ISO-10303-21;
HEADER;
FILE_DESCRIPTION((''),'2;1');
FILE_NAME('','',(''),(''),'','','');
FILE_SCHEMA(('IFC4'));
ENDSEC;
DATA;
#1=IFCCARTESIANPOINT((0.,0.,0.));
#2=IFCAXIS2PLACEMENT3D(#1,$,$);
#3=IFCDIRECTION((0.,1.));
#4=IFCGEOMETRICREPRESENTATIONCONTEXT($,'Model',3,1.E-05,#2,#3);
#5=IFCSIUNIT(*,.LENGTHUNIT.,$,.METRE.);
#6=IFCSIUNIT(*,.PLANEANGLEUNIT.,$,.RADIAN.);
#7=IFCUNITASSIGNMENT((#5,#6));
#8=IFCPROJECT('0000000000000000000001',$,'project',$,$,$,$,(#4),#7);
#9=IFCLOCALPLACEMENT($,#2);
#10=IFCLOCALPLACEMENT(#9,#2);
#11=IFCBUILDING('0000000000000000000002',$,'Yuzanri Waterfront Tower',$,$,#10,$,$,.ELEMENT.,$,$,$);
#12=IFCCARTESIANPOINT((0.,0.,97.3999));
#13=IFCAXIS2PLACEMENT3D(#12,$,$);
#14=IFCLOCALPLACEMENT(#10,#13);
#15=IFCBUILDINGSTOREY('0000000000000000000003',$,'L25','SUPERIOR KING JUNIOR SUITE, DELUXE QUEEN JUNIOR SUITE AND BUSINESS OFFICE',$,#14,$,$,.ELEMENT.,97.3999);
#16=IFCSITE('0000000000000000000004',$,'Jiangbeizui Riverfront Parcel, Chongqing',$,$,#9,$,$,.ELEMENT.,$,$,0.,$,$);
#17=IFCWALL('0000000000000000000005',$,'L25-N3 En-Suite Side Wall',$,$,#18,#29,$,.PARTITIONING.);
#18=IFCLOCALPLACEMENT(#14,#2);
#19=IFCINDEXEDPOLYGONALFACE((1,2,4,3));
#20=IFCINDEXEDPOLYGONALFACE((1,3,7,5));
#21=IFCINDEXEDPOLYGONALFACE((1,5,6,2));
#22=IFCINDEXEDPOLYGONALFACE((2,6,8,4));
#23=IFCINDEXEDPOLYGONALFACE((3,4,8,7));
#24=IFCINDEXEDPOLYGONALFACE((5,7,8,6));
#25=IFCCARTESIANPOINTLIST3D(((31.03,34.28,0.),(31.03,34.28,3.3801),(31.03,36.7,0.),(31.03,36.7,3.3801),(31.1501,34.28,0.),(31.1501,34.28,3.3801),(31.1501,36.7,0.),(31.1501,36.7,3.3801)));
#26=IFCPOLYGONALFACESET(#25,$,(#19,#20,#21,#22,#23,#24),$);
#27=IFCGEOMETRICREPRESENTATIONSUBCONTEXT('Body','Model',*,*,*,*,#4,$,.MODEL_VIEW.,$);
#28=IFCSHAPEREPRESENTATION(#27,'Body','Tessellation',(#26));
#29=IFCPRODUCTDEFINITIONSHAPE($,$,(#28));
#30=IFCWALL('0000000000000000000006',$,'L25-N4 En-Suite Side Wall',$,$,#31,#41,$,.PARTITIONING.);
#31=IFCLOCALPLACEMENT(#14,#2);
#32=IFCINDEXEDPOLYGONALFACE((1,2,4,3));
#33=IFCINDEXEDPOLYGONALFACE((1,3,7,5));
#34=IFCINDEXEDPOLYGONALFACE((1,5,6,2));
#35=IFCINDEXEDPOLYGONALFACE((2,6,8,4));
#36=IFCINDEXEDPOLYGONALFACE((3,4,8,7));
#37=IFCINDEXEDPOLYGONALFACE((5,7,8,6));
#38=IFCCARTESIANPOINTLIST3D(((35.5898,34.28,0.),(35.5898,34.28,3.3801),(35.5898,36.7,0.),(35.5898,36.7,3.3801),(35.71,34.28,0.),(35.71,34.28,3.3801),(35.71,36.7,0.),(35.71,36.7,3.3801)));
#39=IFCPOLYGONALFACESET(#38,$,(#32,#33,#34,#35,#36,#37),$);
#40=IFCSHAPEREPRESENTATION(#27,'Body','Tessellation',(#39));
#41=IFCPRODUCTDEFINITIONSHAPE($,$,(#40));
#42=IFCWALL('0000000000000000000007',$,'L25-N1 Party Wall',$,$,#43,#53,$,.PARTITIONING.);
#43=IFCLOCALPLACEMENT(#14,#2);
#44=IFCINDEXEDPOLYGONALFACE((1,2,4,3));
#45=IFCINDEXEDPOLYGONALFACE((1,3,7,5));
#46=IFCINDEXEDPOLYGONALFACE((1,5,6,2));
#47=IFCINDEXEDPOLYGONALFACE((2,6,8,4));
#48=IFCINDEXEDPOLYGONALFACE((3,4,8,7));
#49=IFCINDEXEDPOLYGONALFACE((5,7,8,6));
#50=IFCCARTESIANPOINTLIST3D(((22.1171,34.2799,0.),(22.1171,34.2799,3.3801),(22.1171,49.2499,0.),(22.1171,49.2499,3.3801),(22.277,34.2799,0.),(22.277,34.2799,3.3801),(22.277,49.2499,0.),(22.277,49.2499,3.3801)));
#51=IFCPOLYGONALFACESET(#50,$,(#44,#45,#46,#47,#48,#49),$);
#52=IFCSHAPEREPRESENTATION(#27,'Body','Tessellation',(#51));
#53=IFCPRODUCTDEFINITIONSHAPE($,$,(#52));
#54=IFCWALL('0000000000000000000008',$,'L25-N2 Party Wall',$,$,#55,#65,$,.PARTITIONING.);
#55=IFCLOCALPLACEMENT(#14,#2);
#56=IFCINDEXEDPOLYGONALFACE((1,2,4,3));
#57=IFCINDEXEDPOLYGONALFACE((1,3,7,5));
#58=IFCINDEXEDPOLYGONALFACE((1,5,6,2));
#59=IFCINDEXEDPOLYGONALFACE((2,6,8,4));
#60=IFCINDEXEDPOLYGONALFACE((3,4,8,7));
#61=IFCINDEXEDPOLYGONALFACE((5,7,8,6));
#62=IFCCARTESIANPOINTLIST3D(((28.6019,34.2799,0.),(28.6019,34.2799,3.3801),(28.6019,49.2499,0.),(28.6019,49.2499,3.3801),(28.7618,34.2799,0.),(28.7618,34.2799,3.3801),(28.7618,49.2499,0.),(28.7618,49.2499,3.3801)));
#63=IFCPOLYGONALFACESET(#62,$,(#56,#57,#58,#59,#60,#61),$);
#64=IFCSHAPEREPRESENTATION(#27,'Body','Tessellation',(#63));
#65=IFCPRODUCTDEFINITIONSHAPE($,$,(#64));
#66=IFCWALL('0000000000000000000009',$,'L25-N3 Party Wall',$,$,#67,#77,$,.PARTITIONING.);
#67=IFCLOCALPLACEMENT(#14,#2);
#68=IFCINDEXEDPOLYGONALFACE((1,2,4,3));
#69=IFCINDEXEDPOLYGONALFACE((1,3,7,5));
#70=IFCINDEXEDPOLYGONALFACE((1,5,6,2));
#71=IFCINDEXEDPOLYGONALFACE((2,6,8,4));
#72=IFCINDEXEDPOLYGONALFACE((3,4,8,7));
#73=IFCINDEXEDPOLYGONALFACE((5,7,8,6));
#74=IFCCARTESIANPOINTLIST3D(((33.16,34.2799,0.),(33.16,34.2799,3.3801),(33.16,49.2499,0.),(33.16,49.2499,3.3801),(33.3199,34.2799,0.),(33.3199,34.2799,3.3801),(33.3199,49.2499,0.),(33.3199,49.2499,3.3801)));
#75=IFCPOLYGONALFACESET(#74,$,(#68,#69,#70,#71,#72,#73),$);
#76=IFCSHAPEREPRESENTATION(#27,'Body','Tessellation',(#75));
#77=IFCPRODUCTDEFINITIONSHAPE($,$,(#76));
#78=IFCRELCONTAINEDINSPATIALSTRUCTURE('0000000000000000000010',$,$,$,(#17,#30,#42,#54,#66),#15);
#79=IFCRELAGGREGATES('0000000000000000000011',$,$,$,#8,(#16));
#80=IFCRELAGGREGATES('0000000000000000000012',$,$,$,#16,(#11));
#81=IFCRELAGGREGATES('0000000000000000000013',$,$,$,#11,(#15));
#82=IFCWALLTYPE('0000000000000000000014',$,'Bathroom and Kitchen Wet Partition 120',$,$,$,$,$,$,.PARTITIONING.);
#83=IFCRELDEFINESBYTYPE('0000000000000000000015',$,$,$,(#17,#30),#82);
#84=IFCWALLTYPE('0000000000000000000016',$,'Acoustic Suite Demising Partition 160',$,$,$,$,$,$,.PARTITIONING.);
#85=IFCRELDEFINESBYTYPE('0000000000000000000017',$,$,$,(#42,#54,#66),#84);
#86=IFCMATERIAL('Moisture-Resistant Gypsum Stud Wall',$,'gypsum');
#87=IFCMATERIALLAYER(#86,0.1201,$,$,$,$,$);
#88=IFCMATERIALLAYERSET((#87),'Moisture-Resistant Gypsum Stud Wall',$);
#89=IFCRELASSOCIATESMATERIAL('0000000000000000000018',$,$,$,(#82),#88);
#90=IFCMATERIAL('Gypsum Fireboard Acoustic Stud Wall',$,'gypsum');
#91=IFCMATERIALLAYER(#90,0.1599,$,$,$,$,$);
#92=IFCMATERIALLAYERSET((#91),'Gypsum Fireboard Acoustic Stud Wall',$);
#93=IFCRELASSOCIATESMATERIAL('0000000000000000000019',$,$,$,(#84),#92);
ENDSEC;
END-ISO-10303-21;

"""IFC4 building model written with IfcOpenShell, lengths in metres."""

from ifc_helpers import new_model, si_unit, direction, frame, frame_2d, origin, place, context, subcontext, project, spatial, rectangle, extrude, source, transform, mapped, material, layer, layer_set, type_object, element, save


model = new_model("IFC4")

# Units and contexts
model_context = context("Model", 3, precision=1e-05, world=origin(), true_north=direction((0.0, 1.0)))
body_context = subcontext(model_context, "Body", "Model", "MODEL_VIEW")
ifc_project = project(units=[si_unit("LENGTHUNIT", "METRE"), si_unit("PLANEANGLEUNIT", "RADIAN")], contexts=[model_context])

# Site, building, storey
site_placement = place(None, origin())
site = spatial("IfcSite", under=ifc_project, at=site_placement, Name="Jiangbeizui Riverfront Parcel, Chongqing", CompositionType="ELEMENT", RefElevation=0.0)
building_placement = place(site_placement, origin())
building = spatial("IfcBuilding", under=site, at=building_placement, Name="Yuzanri Waterfront Tower", CompositionType="ELEMENT")
storey_placement = place(building_placement, frame((0.0, 0.0, 97.3999)))
storey = spatial("IfcBuildingStorey", under=building, at=storey_placement, Name="L25", Description="SUPERIOR KING JUNIOR SUITE, DELUXE QUEEN JUNIOR SUITE AND BUSINESS OFFICE", CompositionType="ELEMENT", Elevation=97.3999)

# Shared definitions
ifc_material_1 = material(Name="Moisture-Resistant Gypsum Stud Wall", Category="gypsum")
ifc_layer_1 = layer(ifc_material_1, 0.1201)
ifc_layer_set_1 = layer_set([ifc_layer_1], Name="Moisture-Resistant Gypsum Stud Wall")
wall_type_1 = type_object("IfcWallType", Name="Bathroom and Kitchen Wet Partition 120", PredefinedType="PARTITIONING", material=ifc_layer_set_1)

# Walls
shared_shape_1 = source(origin(), body_context, "Body", "SweptSolid", [
    extrude(rectangle(XDim=2.4199, YDim=0.1201, at=frame_2d((1.21, 0.0))), origin(), (0.0, 0.0, 1.0), 3.3801),
])
for number, where, z_axis, x_axis, name in (
    (1, (31.0901, 34.28, 0.0), (0.0, 0.0, 1.0), (0.0, 1.0, 0.0), "L25-N3 En-Suite Side Wall"),
    (2, (35.6499, 34.28, 0.0), (0.0, 0.0, 1.0), (0.0, 1.0, 0.0), "L25-N4 En-Suite Side Wall"),
):
    element("IfcWall", number, at=place(storey_placement, frame(where, z_axis=z_axis, x_axis=x_axis)), inside=storey, type_object=wall_type_1, Name=name, PredefinedType="PARTITIONING", context=body_context, shape_type="MappedRepresentation", body=[
        mapped(shared_shape_1, transform((0.0, 0.0, 0.0), scale=1.0)),
    ])
ifc_material_2 = material(Name="Gypsum Fireboard Acoustic Stud Wall", Category="gypsum")
ifc_layer_2 = layer(ifc_material_2, 0.1599)
ifc_layer_set_2 = layer_set([ifc_layer_2], Name="Gypsum Fireboard Acoustic Stud Wall")
wall_type_2 = type_object("IfcWallType", Name="Acoustic Suite Demising Partition 160", PredefinedType="PARTITIONING", material=ifc_layer_set_2)
shared_shape_2 = source(origin(), body_context, "Body", "SweptSolid", [
    extrude(rectangle(XDim=14.97, YDim=0.1599, at=frame_2d((7.4849, 0.0))), origin(), (0.0, 0.0, 1.0), 3.3801),
])
for number, where, z_axis, x_axis, name in (
    (3, (22.197, 34.28, 0.0), (0.0, 0.0, 1.0), (0.0, 1.0, 0.0), "L25-N1 Party Wall"),
    (4, (28.6819, 34.28, 0.0), (0.0, 0.0, 1.0), (0.0, 1.0, 0.0), "L25-N2 Party Wall"),
    (5, (33.24, 34.28, 0.0), (0.0, 0.0, 1.0), (0.0, 1.0, 0.0), "L25-N3 Party Wall"),
):
    element("IfcWall", number, at=place(storey_placement, frame(where, z_axis=z_axis, x_axis=x_axis)), inside=storey, type_object=wall_type_2, Name=name, PredefinedType="PARTITIONING", context=body_context, shape_type="MappedRepresentation", body=[
        mapped(shared_shape_2, transform((0.0, 0.0, 0.0), scale=1.0)),
    ])

save(model, "model.ifc")
